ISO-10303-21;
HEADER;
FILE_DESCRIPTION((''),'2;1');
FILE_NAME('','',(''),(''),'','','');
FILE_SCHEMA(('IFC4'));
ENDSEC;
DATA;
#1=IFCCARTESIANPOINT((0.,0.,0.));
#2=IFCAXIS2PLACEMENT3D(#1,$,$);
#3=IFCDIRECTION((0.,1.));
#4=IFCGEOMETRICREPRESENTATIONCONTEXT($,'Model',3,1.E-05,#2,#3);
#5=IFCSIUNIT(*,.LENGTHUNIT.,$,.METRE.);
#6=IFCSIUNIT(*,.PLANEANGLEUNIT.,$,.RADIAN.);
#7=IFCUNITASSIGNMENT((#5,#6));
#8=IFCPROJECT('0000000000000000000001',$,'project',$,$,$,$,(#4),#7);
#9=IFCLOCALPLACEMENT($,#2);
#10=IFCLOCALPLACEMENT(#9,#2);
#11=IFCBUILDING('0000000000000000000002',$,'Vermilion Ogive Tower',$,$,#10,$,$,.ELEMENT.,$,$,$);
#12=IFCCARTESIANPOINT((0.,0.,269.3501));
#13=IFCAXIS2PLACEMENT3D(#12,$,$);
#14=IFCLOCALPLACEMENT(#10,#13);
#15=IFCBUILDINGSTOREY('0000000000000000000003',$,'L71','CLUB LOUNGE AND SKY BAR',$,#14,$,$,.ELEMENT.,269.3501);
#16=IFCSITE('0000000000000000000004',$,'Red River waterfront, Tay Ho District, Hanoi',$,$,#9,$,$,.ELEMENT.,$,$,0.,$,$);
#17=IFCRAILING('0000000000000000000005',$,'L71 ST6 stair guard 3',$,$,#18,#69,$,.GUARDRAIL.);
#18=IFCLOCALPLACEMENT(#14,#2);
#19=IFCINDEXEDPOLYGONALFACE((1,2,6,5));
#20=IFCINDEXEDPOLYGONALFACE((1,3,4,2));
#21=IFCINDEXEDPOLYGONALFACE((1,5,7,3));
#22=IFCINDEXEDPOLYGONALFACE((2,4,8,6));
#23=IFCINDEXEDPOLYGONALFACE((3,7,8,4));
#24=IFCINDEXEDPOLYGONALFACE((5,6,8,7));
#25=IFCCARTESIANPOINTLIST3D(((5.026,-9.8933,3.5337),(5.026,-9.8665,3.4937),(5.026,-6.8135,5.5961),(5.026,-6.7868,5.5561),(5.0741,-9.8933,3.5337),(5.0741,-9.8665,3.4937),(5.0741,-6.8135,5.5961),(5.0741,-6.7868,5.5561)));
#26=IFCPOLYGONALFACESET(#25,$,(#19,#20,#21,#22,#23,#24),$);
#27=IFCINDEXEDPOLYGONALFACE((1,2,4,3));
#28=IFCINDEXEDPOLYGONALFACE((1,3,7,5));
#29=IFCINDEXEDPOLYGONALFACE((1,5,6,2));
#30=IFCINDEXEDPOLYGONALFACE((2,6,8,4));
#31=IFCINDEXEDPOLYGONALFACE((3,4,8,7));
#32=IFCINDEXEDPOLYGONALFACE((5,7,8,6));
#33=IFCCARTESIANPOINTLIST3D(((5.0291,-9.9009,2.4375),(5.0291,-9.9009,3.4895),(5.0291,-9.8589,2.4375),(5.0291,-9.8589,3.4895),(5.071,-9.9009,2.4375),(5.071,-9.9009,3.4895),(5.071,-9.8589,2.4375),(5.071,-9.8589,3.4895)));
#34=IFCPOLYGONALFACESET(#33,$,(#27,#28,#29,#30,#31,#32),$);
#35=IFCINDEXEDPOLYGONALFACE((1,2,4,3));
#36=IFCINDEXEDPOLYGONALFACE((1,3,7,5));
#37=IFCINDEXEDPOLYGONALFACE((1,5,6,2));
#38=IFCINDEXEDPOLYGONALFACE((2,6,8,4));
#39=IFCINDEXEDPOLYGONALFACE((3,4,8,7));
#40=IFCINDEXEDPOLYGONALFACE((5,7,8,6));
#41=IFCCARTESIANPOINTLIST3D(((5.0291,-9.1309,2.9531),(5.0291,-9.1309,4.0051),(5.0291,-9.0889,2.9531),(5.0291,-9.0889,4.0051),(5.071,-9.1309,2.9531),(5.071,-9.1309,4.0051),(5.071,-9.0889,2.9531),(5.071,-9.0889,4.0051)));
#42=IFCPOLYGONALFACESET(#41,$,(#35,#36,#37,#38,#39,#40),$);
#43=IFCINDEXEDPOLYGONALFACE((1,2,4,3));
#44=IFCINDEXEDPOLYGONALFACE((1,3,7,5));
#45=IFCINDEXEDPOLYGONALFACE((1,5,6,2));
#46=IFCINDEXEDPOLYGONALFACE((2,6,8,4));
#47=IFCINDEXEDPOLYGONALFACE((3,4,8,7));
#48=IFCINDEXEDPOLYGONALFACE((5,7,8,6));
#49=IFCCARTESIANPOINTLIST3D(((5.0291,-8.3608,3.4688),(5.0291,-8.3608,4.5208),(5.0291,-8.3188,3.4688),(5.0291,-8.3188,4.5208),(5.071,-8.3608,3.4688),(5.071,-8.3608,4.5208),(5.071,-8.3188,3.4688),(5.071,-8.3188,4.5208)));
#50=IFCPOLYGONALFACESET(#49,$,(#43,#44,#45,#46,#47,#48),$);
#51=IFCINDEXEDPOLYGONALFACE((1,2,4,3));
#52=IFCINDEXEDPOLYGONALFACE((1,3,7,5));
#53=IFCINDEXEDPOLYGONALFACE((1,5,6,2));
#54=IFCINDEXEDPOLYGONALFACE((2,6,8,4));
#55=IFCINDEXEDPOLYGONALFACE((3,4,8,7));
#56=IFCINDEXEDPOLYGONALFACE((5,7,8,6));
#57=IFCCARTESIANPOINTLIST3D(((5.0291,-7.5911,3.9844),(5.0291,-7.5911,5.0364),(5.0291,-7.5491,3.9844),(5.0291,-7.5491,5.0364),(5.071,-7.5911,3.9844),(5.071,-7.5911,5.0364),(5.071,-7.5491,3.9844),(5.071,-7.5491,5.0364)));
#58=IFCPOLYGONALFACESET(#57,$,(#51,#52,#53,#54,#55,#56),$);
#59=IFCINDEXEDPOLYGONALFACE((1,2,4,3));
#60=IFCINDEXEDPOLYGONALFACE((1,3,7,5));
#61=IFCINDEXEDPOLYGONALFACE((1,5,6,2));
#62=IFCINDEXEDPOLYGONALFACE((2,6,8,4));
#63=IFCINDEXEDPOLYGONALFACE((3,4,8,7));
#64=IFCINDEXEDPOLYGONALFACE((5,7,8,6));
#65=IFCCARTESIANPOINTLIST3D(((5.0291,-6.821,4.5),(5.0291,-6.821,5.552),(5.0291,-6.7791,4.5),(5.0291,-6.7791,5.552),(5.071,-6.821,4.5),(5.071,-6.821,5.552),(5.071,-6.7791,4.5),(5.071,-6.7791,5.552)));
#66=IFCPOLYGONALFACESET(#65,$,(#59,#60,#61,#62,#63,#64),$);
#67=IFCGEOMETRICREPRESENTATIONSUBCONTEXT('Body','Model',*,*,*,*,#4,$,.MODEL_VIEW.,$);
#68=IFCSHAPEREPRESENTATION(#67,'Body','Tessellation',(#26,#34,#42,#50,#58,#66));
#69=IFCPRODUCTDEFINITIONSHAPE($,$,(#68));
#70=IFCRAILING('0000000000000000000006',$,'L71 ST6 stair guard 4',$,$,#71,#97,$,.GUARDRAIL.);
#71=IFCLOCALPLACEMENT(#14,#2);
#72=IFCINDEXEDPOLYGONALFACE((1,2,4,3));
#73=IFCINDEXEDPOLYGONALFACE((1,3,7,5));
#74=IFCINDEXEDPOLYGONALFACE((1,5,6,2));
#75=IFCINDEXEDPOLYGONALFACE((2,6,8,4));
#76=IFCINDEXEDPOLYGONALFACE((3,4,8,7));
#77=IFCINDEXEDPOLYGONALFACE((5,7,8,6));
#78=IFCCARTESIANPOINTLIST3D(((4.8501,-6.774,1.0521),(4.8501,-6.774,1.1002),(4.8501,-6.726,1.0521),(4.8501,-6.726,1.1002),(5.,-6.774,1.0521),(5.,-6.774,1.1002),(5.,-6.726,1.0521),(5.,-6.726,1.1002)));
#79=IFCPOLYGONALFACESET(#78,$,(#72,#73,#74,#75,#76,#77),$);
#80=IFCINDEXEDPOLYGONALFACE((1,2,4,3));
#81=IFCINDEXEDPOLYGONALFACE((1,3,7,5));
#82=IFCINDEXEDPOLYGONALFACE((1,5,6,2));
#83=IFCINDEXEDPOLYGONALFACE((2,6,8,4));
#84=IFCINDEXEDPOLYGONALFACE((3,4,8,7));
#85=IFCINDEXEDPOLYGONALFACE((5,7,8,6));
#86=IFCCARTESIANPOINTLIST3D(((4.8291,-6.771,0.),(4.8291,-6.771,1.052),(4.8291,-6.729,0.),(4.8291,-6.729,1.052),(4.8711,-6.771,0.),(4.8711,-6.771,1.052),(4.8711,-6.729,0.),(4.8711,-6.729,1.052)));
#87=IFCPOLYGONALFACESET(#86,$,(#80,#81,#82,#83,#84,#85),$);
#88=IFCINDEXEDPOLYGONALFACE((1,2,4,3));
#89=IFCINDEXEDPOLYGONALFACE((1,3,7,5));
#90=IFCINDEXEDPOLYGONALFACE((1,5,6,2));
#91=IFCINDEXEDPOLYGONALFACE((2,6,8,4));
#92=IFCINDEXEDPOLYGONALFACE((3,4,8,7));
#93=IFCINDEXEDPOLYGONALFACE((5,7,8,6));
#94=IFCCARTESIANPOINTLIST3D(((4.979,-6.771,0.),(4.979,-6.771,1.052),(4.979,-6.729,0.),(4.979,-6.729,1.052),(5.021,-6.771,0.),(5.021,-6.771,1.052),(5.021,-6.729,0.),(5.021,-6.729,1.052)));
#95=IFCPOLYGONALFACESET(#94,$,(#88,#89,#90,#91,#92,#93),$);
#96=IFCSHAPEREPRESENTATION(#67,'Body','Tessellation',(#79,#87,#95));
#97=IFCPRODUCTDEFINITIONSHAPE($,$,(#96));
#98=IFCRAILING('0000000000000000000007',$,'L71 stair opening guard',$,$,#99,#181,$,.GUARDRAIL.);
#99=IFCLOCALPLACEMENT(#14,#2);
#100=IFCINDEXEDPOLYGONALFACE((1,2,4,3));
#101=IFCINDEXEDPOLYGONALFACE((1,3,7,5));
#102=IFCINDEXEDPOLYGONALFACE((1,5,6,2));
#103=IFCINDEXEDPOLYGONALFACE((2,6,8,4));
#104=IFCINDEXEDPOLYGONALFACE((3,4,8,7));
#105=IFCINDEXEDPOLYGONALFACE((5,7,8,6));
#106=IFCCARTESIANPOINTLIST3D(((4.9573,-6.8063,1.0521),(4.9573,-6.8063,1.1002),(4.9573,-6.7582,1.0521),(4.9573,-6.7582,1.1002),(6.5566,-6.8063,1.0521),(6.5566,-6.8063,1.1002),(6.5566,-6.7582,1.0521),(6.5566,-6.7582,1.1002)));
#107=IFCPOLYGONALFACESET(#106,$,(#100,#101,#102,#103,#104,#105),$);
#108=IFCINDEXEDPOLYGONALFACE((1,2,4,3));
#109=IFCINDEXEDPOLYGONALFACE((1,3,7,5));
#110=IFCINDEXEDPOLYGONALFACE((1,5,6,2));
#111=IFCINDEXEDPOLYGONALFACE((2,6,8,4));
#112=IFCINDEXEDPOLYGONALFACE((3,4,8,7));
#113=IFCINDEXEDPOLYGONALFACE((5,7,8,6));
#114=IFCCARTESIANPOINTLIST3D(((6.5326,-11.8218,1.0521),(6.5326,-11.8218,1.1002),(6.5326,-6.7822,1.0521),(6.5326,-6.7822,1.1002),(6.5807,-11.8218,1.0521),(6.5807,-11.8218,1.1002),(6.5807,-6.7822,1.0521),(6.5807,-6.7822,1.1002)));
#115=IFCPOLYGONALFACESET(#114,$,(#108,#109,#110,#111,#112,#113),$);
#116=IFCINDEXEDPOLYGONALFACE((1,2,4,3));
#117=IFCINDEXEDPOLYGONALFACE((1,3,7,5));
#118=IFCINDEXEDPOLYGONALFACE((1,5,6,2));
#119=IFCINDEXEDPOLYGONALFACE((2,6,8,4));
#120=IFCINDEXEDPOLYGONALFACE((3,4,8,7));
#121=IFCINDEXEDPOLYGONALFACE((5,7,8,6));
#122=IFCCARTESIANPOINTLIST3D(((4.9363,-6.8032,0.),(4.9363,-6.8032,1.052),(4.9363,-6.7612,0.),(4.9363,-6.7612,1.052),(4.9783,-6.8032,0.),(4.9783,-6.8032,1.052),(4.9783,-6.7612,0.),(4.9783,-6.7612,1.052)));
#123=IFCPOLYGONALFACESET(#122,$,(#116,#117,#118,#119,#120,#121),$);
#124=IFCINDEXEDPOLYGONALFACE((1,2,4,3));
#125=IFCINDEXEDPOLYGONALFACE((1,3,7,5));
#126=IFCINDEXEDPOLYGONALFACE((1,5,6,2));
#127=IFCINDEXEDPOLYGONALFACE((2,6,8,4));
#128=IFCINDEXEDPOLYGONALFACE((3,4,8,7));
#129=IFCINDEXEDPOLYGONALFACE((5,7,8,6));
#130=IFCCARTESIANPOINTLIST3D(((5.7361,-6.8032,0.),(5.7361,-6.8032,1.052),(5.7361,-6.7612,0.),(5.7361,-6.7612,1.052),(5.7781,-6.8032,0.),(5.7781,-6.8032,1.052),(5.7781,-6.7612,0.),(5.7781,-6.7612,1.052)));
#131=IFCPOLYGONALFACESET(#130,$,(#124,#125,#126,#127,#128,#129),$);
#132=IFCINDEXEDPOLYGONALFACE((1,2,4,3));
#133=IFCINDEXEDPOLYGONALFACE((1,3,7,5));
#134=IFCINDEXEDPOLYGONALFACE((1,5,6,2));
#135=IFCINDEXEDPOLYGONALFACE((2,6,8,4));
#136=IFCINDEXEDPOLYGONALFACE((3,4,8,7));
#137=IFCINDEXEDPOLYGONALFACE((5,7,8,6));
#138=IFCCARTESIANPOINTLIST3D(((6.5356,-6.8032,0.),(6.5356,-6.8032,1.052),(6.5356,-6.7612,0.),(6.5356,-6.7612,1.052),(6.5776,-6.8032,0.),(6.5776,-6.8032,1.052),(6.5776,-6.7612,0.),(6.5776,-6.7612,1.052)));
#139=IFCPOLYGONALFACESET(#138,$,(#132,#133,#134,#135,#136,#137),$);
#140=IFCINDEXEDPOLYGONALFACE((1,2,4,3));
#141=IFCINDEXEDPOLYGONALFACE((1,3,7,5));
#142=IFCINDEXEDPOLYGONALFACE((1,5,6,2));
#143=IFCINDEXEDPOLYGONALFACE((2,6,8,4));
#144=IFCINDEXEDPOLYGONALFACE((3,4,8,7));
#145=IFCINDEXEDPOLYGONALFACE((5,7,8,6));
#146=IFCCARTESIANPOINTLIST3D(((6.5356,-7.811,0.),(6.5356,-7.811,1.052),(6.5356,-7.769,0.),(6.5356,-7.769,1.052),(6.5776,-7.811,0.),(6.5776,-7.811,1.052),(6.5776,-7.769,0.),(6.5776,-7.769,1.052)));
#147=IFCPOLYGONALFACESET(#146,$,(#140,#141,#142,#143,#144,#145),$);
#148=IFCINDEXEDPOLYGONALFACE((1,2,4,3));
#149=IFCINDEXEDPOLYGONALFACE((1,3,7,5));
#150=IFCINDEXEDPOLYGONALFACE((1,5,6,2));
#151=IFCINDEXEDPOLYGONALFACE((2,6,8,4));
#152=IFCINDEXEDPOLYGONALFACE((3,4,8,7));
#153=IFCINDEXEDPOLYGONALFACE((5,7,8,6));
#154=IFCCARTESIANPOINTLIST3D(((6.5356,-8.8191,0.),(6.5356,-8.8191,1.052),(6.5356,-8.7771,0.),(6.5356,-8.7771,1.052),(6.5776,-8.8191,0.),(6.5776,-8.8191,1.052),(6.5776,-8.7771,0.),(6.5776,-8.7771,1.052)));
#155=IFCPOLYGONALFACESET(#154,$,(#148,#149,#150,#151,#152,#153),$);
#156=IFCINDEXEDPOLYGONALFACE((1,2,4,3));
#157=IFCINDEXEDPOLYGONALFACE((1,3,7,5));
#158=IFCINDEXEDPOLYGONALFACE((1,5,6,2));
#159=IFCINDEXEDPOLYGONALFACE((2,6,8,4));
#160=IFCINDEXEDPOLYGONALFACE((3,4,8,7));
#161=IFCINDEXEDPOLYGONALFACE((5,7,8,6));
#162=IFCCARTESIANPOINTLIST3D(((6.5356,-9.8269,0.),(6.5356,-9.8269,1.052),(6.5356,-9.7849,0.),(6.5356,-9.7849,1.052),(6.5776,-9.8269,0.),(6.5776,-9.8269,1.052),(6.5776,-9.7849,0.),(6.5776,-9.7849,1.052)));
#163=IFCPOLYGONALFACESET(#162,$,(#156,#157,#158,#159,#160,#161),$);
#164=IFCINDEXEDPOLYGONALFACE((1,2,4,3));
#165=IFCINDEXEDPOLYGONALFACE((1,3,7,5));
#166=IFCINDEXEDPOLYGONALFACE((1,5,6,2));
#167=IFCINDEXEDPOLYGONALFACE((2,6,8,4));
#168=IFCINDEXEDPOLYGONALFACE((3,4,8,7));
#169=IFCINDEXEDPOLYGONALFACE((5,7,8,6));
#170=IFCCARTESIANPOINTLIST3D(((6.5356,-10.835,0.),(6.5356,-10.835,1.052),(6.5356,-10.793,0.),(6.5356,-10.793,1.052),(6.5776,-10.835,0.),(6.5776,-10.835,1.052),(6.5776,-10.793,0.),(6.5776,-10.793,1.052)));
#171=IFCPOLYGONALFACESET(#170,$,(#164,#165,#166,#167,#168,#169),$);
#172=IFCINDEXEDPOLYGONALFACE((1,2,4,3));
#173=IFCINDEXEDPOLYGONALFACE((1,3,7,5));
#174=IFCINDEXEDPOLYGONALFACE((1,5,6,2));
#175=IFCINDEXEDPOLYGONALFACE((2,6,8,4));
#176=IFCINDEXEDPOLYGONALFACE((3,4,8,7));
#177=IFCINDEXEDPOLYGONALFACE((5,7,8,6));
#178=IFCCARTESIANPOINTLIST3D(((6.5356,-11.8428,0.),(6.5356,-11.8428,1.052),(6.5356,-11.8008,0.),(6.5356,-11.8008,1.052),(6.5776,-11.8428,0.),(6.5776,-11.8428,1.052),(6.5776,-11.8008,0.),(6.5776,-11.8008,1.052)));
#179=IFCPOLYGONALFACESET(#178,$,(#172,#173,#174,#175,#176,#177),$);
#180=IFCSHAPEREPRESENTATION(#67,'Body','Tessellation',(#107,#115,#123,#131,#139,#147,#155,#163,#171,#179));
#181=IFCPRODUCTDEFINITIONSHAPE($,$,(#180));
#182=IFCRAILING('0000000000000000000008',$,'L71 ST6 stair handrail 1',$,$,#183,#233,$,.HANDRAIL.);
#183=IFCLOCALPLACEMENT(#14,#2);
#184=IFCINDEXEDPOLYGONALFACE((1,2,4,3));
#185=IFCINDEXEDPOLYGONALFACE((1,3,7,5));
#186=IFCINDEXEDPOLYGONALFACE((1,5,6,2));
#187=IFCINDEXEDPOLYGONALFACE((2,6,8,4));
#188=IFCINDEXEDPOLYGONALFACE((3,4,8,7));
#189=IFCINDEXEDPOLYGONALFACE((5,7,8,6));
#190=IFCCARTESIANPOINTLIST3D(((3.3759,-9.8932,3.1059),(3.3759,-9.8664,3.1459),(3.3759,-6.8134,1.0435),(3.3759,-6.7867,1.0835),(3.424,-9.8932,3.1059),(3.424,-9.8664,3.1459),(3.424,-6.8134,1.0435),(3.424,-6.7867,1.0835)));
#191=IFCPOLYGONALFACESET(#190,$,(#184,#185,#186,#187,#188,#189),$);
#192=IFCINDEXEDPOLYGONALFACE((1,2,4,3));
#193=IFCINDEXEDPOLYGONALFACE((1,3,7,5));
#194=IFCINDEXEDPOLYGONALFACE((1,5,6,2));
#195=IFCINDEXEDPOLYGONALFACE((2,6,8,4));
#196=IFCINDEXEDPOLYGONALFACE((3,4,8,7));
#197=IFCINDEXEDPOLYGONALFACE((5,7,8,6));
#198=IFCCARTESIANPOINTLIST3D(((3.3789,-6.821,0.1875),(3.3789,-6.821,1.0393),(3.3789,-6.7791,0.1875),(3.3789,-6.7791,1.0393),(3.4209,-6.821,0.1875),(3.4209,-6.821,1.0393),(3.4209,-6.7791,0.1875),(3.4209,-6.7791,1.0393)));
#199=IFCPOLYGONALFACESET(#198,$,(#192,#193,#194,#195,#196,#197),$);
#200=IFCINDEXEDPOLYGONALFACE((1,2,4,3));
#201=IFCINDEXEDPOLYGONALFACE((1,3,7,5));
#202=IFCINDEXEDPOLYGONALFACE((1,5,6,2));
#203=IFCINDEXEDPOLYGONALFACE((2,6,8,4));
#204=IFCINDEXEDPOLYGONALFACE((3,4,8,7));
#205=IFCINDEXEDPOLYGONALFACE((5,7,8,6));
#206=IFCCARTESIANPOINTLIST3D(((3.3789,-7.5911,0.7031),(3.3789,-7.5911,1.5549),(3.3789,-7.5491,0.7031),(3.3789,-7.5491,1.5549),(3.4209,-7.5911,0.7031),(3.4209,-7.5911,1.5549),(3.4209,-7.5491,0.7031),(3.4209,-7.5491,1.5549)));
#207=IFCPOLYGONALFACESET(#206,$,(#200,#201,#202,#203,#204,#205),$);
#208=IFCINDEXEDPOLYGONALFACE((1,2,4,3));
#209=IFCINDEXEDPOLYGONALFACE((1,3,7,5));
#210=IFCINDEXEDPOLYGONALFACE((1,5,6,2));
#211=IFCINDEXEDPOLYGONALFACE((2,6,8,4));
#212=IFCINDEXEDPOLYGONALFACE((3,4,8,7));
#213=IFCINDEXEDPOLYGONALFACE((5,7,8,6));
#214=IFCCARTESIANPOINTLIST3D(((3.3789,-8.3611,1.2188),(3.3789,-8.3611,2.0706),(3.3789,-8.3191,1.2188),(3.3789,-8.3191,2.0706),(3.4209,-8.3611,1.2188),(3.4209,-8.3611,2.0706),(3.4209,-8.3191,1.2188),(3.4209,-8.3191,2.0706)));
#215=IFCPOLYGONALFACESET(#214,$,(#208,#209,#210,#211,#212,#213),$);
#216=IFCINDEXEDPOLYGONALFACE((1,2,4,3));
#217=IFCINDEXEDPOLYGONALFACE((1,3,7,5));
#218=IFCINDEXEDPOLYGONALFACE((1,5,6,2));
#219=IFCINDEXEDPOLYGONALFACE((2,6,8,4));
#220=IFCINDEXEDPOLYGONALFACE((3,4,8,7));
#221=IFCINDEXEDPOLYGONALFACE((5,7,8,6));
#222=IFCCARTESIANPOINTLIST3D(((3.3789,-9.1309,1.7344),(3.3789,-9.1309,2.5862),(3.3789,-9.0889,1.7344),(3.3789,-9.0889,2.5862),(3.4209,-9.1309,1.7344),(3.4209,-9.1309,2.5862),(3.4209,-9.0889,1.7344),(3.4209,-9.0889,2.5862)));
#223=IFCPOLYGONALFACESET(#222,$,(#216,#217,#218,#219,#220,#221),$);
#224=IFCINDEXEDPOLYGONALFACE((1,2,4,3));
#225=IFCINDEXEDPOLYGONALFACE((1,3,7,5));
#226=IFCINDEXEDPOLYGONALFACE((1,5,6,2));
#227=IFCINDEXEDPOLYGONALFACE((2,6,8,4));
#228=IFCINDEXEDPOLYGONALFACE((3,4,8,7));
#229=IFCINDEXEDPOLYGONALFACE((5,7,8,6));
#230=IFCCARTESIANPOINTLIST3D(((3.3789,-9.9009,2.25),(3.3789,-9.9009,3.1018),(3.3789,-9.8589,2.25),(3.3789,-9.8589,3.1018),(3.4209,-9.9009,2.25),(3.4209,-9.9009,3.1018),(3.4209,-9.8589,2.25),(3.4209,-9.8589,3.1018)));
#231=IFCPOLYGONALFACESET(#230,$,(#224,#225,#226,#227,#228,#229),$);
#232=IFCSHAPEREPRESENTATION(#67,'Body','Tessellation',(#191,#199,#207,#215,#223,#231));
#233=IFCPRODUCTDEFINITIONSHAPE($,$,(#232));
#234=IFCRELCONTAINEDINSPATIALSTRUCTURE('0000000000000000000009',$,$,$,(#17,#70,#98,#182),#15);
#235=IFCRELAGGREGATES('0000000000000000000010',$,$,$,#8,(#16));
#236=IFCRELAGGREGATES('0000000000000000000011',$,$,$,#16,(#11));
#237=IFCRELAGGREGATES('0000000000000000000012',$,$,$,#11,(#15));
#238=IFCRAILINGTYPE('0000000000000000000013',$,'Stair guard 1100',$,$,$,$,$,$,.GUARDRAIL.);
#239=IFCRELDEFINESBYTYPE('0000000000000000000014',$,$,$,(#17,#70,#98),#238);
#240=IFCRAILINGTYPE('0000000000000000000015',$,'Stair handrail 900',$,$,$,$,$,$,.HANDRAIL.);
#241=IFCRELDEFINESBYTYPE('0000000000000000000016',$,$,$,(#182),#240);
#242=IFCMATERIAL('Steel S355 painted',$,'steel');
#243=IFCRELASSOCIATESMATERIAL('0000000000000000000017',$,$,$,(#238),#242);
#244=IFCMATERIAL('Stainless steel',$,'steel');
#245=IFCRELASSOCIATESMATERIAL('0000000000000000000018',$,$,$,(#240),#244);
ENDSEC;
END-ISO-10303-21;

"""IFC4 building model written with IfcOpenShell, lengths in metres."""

from ifc_helpers import new_model, si_unit, direction, frame, origin, origin_2d, place, context, subcontext, project, spatial, rectangle, extrude, material, type_object, element, save


model = new_model("IFC4")

# Units and contexts
model_context = context("Model", 3, precision=1e-05, world=origin(), true_north=direction((0.0, 1.0)))
body_context = subcontext(model_context, "Body", "Model", "MODEL_VIEW")
ifc_project = project(units=[si_unit("LENGTHUNIT", "METRE"), si_unit("PLANEANGLEUNIT", "RADIAN")], contexts=[model_context])

# Site, building, storey
site_placement = place(None, origin())
site = spatial("IfcSite", under=ifc_project, at=site_placement, Name="Red River waterfront, Tay Ho District, Hanoi", CompositionType="ELEMENT", RefElevation=0.0)
building_placement = place(site_placement, origin())
building = spatial("IfcBuilding", under=site, at=building_placement, Name="Vermilion Ogive Tower", CompositionType="ELEMENT")
storey_placement = place(building_placement, frame((0.0, 0.0, 269.3501)))
storey = spatial("IfcBuildingStorey", under=building, at=storey_placement, Name="L71", Description="CLUB LOUNGE AND SKY BAR", CompositionType="ELEMENT", Elevation=269.3501)

# Railings
ifc_material_1 = material(Name="Steel S355 painted", Category="steel")
railing_type_1 = type_object("IfcRailingType", Name="Stair guard 1100", PredefinedType="GUARDRAIL", material=ifc_material_1)
railing_1_placement = place(storey_placement, frame((5.05, -9.8799, 2.4375)))
element("IfcRailing", 1, at=railing_1_placement, inside=storey, type_object=railing_type_1, Name="L71 ST6 stair guard 3", PredefinedType="GUARDRAIL", context=body_context, shape_type="SweptSolid", body=[
    extrude(rectangle(XDim=0.0481, YDim=0.0481, at=origin_2d()), frame((0.0, 0.0, 1.0762), z_axis=(0.0, 0.830893, 0.556432), x_axis=(-1.0, 0.0, 0.0)), (0.0, 0.0, 1.0), 3.7065),
    extrude(rectangle(XDim=0.042, YDim=0.042, at=origin_2d()), origin(), (0.0, 0.0, 1.0), 1.052),
    extrude(rectangle(XDim=0.042, YDim=0.042, at=origin_2d()), frame((0.0, 0.77, 0.5156)), (0.0, 0.0, 1.0), 1.052),
    extrude(rectangle(XDim=0.042, YDim=0.042, at=origin_2d()), frame((0.0, 1.54, 1.0312)), (0.0, 0.0, 1.0), 1.052),
    extrude(rectangle(XDim=0.042, YDim=0.042, at=origin_2d()), frame((0.0, 2.3098, 1.5469)), (0.0, 0.0, 1.0), 1.052),
    extrude(rectangle(XDim=0.042, YDim=0.042, at=origin_2d()), frame((0.0, 3.0798, 2.0625)), (0.0, 0.0, 1.0), 1.052),
])
railing_2_placement = place(storey_placement, frame((4.8501, -6.75, 0.0)))
element("IfcRailing", 2, at=railing_2_placement, inside=storey, type_object=railing_type_1, Name="L71 ST6 stair guard 4", PredefinedType="GUARDRAIL", context=body_context, shape_type="SweptSolid", body=[
    extrude(rectangle(XDim=0.0481, YDim=0.0481, at=origin_2d()), frame((0.0, 0.0, 1.0762), z_axis=(1.0, 0.0, 0.0), x_axis=(0.0, 1.0, 0.0)), (0.0, 0.0, 1.0), 0.1499),
    extrude(rectangle(XDim=0.042, YDim=0.042, at=origin_2d()), origin(), (0.0, 0.0, 1.0), 1.052),
    extrude(rectangle(XDim=0.042, YDim=0.042, at=origin_2d()), frame((0.1499, 0.0, 0.0)), (0.0, 0.0, 1.0), 1.052),
])
railing_3_placement = place(storey_placement, frame((4.9573, -6.7822, 0.0)))
element("IfcRailing", 3, at=railing_3_placement, inside=storey, type_object=railing_type_1, Name="L71 stair opening guard", PredefinedType="GUARDRAIL", context=body_context, shape_type="SweptSolid", body=[
    extrude(rectangle(XDim=0.0481, YDim=0.0481, at=origin_2d()), frame((0.0, 0.0, 1.0762), z_axis=(1.0, 0.0, 0.0), x_axis=(0.0, 1.0, 0.0)), (0.0, 0.0, 1.0), 1.5994),
    extrude(rectangle(XDim=0.0481, YDim=0.0481, at=origin_2d()), frame((1.5994, 0.0, 1.0762), z_axis=(0.0, -1.0, 0.0), x_axis=(1.0, 0.0, 0.0)), (0.0, 0.0, 1.0), 5.0396),
    extrude(rectangle(XDim=0.042, YDim=0.042, at=origin_2d()), origin(), (0.0, 0.0, 1.0), 1.052),
    extrude(rectangle(XDim=0.042, YDim=0.042, at=origin_2d()), frame((0.7998, 0.0, 0.0)), (0.0, 0.0, 1.0), 1.052),
    extrude(rectangle(XDim=0.042, YDim=0.042, at=origin_2d()), frame((1.5994, 0.0, 0.0)), (0.0, 0.0, 1.0), 1.052),
    extrude(rectangle(XDim=0.042, YDim=0.042, at=origin_2d()), frame((1.5994, -1.0078, 0.0)), (0.0, 0.0, 1.0), 1.052),
    extrude(rectangle(XDim=0.042, YDim=0.042, at=origin_2d()), frame((1.5994, -2.0159, 0.0)), (0.0, 0.0, 1.0), 1.052),
    extrude(rectangle(XDim=0.042, YDim=0.042, at=origin_2d()), frame((1.5994, -3.0237, 0.0)), (0.0, 0.0, 1.0), 1.052),
    extrude(rectangle(XDim=0.042, YDim=0.042, at=origin_2d()), frame((1.5994, -4.0317, 0.0)), (0.0, 0.0, 1.0), 1.052),
    extrude(rectangle(XDim=0.042, YDim=0.042, at=origin_2d()), frame((1.5994, -5.0396, 0.0)), (0.0, 0.0, 1.0), 1.052),
])
ifc_material_2 = material(Name="Stainless steel", Category="steel")
railing_type_2 = type_object("IfcRailingType", Name="Stair handrail 900", PredefinedType="HANDRAIL", material=ifc_material_2)
railing_4_placement = place(storey_placement, frame((3.3999, -6.8, 0.1875)))
element("IfcRailing", 4, at=railing_4_placement, inside=storey, type_object=railing_type_2, Name="L71 ST6 stair handrail 1", PredefinedType="HANDRAIL", context=body_context, shape_type="SweptSolid", body=[
    extrude(rectangle(XDim=0.0481, YDim=0.0481, at=origin_2d()), frame((0.0, 0.0, 0.876), z_axis=(0.0, -0.830893, 0.556432), x_axis=(1.0, 0.0, 0.0)), (0.0, 0.0, 1.0), 3.7065),
    extrude(rectangle(XDim=0.042, YDim=0.042, at=origin_2d()), origin(), (0.0, 0.0, 1.0), 0.8518),
    extrude(rectangle(XDim=0.042, YDim=0.042, at=origin_2d()), frame((0.0, -0.77, 0.5156)), (0.0, 0.0, 1.0), 0.8518),
    extrude(rectangle(XDim=0.042, YDim=0.042, at=origin_2d()), frame((0.0, -1.54, 1.0312)), (0.0, 0.0, 1.0), 0.8518),
    extrude(rectangle(XDim=0.042, YDim=0.042, at=origin_2d()), frame((0.0, -2.3098, 1.5469)), (0.0, 0.0, 1.0), 0.8518),
    extrude(rectangle(XDim=0.042, YDim=0.042, at=origin_2d()), frame((0.0, -3.0798, 2.0625)), (0.0, 0.0, 1.0), 0.8518),
])

save(model, "model.ifc")
